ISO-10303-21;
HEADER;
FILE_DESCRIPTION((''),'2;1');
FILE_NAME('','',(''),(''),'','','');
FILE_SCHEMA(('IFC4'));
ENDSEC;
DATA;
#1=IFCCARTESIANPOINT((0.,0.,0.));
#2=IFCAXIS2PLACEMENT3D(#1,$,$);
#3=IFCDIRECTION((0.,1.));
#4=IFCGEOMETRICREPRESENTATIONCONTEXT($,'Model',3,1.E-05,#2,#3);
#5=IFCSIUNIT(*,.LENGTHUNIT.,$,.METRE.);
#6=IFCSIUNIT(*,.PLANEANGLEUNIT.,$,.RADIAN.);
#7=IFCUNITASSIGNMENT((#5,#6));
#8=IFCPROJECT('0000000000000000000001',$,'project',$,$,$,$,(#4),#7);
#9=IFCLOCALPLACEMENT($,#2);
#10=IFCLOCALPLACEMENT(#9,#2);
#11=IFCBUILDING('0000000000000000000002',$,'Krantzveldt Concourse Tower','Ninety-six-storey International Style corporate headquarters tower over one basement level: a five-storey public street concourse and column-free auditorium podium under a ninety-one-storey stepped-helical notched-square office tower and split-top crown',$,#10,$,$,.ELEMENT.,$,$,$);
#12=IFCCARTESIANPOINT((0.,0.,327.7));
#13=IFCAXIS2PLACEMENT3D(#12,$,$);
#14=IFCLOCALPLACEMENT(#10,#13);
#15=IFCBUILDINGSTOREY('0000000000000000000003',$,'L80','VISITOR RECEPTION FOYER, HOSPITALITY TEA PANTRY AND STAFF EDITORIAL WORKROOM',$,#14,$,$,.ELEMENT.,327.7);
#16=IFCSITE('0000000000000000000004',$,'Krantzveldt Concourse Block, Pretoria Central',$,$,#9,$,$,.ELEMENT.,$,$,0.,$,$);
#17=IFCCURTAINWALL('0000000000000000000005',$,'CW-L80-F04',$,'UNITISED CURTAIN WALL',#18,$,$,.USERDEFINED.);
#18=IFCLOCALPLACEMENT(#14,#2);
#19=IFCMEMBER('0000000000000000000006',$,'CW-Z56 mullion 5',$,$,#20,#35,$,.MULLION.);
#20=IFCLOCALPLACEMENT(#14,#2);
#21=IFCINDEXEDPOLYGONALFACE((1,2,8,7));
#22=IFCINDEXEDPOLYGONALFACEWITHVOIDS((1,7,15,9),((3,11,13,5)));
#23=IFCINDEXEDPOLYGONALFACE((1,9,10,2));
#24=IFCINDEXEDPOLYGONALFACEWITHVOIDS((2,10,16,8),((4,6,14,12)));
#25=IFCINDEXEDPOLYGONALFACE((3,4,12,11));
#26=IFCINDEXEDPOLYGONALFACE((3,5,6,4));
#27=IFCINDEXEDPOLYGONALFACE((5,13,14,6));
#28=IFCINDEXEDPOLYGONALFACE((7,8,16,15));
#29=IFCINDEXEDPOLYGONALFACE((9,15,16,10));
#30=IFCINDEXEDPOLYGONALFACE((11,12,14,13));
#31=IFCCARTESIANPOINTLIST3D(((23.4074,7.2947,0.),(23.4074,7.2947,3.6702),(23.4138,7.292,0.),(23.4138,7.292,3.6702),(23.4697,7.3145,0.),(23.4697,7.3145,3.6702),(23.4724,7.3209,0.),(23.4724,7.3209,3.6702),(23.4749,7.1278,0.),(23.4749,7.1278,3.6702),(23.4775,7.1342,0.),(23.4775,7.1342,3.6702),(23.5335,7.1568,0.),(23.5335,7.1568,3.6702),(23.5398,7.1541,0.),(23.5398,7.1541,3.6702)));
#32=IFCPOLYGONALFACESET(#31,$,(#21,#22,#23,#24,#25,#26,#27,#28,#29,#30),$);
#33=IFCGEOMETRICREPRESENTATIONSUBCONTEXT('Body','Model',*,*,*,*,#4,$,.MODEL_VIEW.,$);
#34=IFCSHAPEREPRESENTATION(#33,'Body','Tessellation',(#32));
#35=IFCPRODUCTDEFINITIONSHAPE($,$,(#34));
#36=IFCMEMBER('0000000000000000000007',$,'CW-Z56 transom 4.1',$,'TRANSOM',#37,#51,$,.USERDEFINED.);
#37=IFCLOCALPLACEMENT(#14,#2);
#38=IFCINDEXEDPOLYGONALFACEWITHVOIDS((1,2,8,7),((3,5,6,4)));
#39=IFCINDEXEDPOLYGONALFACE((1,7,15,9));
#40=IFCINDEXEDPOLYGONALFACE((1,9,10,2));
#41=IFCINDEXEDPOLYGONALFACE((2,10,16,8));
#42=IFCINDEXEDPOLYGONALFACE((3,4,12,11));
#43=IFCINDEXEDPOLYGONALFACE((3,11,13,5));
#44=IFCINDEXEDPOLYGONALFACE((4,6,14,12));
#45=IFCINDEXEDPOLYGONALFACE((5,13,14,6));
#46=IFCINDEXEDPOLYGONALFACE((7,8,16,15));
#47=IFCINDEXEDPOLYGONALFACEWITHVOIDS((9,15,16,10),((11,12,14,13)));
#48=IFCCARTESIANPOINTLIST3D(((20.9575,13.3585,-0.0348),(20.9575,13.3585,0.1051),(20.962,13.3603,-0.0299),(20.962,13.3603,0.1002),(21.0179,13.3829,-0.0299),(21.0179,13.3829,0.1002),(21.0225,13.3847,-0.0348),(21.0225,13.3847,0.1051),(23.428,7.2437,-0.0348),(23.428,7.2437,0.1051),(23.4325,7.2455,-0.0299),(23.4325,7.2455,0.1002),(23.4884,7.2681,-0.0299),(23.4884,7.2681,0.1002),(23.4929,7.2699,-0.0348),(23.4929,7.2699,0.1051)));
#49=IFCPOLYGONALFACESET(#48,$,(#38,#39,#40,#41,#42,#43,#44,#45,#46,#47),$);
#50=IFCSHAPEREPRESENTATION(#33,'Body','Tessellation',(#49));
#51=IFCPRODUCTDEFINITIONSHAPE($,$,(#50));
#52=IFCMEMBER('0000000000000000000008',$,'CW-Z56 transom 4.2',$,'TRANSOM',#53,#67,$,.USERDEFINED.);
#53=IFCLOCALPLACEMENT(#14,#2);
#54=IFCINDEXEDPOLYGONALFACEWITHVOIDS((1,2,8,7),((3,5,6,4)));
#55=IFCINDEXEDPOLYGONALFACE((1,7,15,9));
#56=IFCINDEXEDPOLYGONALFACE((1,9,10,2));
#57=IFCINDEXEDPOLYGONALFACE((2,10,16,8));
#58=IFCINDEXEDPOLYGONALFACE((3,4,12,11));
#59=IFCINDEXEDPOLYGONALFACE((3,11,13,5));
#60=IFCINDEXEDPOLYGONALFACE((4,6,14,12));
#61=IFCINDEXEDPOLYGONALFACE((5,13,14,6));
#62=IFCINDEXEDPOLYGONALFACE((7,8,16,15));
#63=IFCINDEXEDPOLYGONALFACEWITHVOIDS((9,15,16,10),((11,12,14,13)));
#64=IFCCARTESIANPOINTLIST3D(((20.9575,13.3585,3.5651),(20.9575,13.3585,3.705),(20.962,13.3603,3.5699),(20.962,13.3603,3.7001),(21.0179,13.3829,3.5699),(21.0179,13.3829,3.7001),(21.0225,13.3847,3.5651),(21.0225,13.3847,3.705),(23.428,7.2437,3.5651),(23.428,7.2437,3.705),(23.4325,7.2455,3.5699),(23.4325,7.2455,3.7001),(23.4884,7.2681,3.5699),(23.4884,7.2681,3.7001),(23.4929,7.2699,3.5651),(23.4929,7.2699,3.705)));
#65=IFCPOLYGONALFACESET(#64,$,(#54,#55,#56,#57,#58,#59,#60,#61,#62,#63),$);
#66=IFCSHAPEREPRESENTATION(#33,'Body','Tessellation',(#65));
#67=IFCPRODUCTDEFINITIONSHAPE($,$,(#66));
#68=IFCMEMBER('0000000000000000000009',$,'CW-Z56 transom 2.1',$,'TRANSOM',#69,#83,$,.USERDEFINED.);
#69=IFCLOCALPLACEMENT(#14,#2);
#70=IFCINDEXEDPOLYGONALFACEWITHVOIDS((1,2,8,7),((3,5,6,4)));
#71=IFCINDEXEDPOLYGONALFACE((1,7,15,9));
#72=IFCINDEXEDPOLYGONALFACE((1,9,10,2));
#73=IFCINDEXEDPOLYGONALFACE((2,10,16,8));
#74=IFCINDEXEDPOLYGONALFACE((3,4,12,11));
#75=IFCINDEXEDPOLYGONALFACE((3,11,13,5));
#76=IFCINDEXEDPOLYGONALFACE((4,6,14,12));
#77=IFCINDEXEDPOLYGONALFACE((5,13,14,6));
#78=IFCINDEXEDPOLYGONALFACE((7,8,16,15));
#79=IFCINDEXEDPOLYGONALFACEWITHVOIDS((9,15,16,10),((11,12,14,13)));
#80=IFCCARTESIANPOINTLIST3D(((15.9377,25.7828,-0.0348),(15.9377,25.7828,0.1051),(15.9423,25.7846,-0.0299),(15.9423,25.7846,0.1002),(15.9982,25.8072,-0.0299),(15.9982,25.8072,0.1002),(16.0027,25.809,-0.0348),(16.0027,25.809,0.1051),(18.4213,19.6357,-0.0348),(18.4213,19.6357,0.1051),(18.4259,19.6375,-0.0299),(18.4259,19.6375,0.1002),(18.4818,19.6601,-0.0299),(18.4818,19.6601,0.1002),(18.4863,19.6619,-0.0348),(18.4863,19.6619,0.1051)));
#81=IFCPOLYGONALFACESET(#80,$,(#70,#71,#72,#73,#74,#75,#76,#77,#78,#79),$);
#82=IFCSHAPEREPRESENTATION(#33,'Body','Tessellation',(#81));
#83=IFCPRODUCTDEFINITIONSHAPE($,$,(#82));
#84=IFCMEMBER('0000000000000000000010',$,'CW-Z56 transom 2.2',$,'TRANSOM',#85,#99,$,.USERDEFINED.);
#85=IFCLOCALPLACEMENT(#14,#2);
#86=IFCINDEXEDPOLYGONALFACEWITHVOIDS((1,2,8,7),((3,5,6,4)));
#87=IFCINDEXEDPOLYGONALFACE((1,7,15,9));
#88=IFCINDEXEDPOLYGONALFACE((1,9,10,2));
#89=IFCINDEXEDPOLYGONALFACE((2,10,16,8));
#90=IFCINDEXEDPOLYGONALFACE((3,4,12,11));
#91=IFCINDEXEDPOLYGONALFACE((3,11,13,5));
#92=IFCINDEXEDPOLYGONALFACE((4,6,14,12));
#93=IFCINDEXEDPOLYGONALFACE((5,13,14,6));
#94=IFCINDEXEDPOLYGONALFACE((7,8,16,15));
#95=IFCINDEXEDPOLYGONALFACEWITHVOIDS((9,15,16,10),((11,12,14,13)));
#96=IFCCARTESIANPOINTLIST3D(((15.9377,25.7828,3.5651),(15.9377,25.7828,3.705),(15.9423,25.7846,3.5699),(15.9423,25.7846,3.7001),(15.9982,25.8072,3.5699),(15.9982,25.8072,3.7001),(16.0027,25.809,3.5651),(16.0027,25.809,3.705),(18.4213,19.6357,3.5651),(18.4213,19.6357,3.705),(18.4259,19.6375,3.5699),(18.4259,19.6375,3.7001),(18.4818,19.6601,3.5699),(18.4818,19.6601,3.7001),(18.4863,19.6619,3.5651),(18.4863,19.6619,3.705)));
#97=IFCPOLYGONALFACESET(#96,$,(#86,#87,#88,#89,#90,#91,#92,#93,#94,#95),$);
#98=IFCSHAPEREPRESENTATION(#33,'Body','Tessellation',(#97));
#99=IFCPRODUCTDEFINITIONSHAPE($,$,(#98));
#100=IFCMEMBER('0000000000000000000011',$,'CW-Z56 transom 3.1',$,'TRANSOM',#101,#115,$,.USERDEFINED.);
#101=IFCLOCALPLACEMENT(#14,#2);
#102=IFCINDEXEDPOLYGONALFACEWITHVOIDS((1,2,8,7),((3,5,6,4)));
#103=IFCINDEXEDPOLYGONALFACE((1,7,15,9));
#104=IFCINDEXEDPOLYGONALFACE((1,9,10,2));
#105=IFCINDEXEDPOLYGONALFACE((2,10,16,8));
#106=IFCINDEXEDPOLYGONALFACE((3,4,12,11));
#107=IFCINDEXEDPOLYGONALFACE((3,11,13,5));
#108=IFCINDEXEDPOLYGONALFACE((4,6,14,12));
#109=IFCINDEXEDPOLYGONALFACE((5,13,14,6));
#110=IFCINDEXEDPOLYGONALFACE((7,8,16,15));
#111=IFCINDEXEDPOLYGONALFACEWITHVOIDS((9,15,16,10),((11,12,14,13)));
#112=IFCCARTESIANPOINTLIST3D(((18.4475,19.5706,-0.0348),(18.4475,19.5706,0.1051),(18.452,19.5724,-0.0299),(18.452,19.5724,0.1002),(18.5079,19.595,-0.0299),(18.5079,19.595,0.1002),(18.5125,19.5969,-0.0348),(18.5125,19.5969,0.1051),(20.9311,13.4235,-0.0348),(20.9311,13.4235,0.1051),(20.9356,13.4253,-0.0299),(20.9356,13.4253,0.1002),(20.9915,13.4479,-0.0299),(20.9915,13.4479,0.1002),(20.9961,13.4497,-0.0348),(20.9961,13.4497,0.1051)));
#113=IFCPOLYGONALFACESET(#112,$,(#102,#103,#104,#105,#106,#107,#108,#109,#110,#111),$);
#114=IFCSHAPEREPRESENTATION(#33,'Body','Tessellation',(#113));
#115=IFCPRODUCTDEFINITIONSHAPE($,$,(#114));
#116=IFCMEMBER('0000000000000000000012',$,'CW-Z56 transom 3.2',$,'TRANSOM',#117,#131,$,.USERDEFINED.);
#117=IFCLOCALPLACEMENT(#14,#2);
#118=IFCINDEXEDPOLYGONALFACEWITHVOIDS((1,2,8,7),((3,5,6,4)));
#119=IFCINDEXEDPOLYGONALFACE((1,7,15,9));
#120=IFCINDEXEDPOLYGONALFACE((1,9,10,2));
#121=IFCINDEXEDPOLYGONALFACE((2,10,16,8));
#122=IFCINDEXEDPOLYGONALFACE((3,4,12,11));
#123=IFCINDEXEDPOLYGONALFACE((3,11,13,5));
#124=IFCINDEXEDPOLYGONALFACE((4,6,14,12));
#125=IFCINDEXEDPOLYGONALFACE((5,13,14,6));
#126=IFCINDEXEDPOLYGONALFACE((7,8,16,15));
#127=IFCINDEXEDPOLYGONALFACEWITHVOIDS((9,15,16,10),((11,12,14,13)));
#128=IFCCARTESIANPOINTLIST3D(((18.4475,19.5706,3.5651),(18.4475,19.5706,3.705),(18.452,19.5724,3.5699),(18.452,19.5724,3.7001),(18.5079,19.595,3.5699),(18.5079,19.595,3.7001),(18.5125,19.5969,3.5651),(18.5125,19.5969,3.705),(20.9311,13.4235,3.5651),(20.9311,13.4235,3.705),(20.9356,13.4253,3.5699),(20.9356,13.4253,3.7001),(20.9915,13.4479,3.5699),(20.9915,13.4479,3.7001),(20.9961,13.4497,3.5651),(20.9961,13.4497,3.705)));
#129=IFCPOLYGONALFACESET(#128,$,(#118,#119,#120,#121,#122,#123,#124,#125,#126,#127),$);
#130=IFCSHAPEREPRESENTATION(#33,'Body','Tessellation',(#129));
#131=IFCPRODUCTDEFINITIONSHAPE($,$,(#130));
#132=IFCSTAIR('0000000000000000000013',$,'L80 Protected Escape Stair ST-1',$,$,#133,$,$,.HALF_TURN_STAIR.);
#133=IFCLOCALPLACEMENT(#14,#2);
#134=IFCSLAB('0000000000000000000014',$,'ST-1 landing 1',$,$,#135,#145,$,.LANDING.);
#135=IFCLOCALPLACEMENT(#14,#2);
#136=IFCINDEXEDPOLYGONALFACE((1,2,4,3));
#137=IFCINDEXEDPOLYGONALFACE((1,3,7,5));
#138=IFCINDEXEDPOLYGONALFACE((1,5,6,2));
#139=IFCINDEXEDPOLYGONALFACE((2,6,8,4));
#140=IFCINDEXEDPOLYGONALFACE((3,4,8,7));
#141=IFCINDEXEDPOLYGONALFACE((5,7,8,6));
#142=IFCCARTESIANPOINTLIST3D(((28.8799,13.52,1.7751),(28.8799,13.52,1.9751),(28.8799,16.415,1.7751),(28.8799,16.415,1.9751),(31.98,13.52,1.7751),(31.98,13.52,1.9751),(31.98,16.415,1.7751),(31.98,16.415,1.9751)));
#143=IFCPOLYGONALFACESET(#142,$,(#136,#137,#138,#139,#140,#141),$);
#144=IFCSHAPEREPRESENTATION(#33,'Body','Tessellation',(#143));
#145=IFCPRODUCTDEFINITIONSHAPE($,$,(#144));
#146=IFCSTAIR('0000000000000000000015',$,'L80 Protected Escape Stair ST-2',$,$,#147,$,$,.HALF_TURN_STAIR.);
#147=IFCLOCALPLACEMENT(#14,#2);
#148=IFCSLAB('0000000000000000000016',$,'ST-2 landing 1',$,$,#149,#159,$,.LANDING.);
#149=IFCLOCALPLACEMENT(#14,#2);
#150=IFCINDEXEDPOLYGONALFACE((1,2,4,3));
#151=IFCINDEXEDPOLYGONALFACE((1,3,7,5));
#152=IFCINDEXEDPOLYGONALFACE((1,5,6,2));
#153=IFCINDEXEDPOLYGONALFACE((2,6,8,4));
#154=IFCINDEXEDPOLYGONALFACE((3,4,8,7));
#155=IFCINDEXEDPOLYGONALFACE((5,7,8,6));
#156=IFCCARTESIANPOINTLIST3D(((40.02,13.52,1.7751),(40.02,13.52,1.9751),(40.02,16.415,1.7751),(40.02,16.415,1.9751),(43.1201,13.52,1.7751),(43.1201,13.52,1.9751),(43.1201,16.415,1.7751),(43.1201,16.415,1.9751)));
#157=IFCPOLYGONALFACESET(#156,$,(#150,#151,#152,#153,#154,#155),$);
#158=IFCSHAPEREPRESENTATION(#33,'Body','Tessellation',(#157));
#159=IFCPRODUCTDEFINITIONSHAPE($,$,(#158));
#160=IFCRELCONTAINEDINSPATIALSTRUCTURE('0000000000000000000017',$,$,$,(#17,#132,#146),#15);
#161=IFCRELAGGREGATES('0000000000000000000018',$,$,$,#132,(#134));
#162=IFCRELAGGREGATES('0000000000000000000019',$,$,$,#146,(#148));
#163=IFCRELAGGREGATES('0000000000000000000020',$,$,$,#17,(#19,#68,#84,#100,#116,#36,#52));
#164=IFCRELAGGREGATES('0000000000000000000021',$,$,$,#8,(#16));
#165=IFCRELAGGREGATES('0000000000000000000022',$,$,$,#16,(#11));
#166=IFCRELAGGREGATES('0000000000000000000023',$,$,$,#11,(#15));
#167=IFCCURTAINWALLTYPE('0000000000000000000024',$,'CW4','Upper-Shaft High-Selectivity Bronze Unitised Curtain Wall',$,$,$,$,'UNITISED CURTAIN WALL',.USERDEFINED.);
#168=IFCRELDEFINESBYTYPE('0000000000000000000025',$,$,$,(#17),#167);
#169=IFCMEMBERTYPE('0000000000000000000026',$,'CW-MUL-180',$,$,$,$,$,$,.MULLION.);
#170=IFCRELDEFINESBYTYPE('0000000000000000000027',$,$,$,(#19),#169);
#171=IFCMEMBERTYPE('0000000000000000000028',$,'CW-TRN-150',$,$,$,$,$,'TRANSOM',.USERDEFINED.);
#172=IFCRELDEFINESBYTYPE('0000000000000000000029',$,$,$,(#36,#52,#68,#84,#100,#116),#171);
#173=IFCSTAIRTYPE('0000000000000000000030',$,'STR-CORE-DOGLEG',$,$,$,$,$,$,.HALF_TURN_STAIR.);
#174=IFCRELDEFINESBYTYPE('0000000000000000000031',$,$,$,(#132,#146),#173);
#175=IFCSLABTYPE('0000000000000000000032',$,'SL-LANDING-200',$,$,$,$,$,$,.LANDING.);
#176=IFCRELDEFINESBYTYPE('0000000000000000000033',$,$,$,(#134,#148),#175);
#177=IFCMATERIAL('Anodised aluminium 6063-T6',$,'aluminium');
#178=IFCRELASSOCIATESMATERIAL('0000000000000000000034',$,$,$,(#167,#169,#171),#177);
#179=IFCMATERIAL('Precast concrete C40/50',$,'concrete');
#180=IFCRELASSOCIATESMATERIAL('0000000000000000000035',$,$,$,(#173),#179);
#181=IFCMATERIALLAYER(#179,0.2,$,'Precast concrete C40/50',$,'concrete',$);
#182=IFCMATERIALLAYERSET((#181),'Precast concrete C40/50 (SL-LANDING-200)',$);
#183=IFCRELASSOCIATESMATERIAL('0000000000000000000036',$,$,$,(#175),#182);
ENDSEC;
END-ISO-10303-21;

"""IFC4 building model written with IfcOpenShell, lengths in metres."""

from ifc_helpers import new_model, si_unit, direction, frame, origin, origin_2d, place, context, subcontext, project, spatial, polyline, hollow_rectangle, outline, extrude, source, transform, mapped, material, layer, layer_set, material_profile, profile_set, type_object, type_shapes, element, aggregate, save


model = new_model("IFC4")

# Units and contexts
model_context = context("Model", 3, precision=1e-05, world=origin(), true_north=direction((0.0, 1.0)))
body_context = subcontext(model_context, "Body", "Model", "MODEL_VIEW")
ifc_project = project(units=[si_unit("LENGTHUNIT", "METRE"), si_unit("PLANEANGLEUNIT", "RADIAN")], contexts=[model_context])

# Site, building, storey
site_placement = place(None, origin())
site = spatial("IfcSite", under=ifc_project, at=site_placement, Name="Krantzveldt Concourse Block, Pretoria Central", CompositionType="ELEMENT", RefElevation=0.0)
building_placement = place(site_placement, origin())
building = spatial("IfcBuilding", under=site, at=building_placement, Name="Krantzveldt Concourse Tower", Description="Ninety-six-storey International Style corporate headquarters tower over one basement level: a five-storey public street concourse and column-free auditorium podium under a ninety-one-storey stepped-helical notched-square office tower and split-top crown", CompositionType="ELEMENT")
storey_placement = place(building_placement, frame((0.0, 0.0, 327.7)))
storey = spatial("IfcBuildingStorey", under=building, at=storey_placement, Name="L80", Description="VISITOR RECEPTION FOYER, HOSPITALITY TEA PANTRY AND STAFF EDITORIAL WORKROOM", CompositionType="ELEMENT", Elevation=327.7)

# Curtain wall, members
ifc_material_1 = material(Name="Anodised aluminium 6063-T6", Category="aluminium")
curtain_wall_type = type_object("IfcCurtainWallType", Name="CW4", Description="Upper-Shaft High-Selectivity Bronze Unitised Curtain Wall", ElementType="UNITISED CURTAIN WALL", PredefinedType="USERDEFINED", material=ifc_material_1)
curtain_wall_placement = place(storey_placement, origin())
curtain_wall = element("IfcCurtainWall", 1, at=curtain_wall_placement, inside=storey, type_object=curtain_wall_type, Name="CW-L80-F04", ObjectType="UNITISED CURTAIN WALL", PredefinedType="USERDEFINED")
ifc_material_profile_1 = material_profile(ifc_material_1, hollow_rectangle(XDim=0.0701, YDim=0.1799, WallThickness=0.0049, at=origin_2d()), Name="Anodised aluminium 6063-T6", Category="aluminium")
ifc_profile_set_1 = profile_set([ifc_material_profile_1], Name="Anodised aluminium 6063-T6 - ALU-MULL 180x70x5")
member_type_1 = type_object("IfcMemberType", Name="CW-MUL-180", PredefinedType="MULLION", material=ifc_profile_set_1)
shared_shape_1 = source(origin(), body_context, "Body", "SweptSolid", [
    extrude(hollow_rectangle(XDim=0.0701, YDim=0.1799, WallThickness=0.0049, at=origin_2d()), origin(), (0.0, 0.0, 1.0), 3.6702),
])
type_shapes(member_type_1, [shared_shape_1])
member_1_placement = place(storey_placement, frame((23.4736, 7.2244, 0.0), z_axis=(0.0, 0.0, 1.0), x_axis=(0.927184, 0.374607, 0.0)))
member_1 = element("IfcMember", 2, at=member_1_placement, type_object=member_type_1, Name="CW-Z56 mullion 5", PredefinedType="MULLION", context=body_context, shape_type="MappedRepresentation", body=[
    mapped(shared_shape_1, transform((0.0, 0.0, 0.0), x_axis=(1.0, 0.0, 0.0), y_axis=(0.0, 1.0, 0.0), z_axis=(0.0, 0.0, 1.0), scale=1.0)),
])
ifc_material_profile_2 = material_profile(ifc_material_1, hollow_rectangle(XDim=0.0701, YDim=0.1399, WallThickness=0.0049, at=origin_2d()), Name="Anodised aluminium 6063-T6", Category="aluminium")
ifc_profile_set_2 = profile_set([ifc_material_profile_2], Name="Anodised aluminium 6063-T6 - ALU-TRAN 140x70x5")
member_type_2 = type_object("IfcMemberType", Name="CW-TRN-150", ElementType="TRANSOM", PredefinedType="USERDEFINED", material=ifc_profile_set_2)
shared_shape_2 = source(origin(), body_context, "Body", "SweptSolid", [
    extrude(hollow_rectangle(XDim=0.0701, YDim=0.1399, WallThickness=0.0049, at=origin_2d()), origin(), (0.0, 0.0, 1.0), 6.595),
])
member_2_placement = place(storey_placement, frame((20.99, 13.3716, 0.0352), z_axis=(0.374599, -0.927187, 0.0), x_axis=(0.927187, 0.374599, 0.0)))
member_2 = element("IfcMember", 3, at=member_2_placement, type_object=member_type_2, Name="CW-Z56 transom 4.1", ObjectType="TRANSOM", PredefinedType="USERDEFINED", context=body_context, shape_type="MappedRepresentation", body=[
    mapped(shared_shape_2, transform((0.0, 0.0, 0.0), x_axis=(1.0, 0.0, 0.0), y_axis=(0.0, 1.0, 0.0), z_axis=(0.0, 0.0, 1.0), scale=1.0)),
])
member_3_placement = place(storey_placement, frame((20.99, 13.3716, 3.635), z_axis=(0.374599, -0.927187, 0.0), x_axis=(0.927187, 0.374599, 0.0)))
member_3 = element("IfcMember", 4, at=member_3_placement, type_object=member_type_2, Name="CW-Z56 transom 4.2", ObjectType="TRANSOM", PredefinedType="USERDEFINED", context=body_context, shape_type="MappedRepresentation", body=[
    mapped(shared_shape_2, transform((0.0, 0.0, 0.0), x_axis=(1.0, 0.0, 0.0), y_axis=(0.0, 1.0, 0.0), z_axis=(0.0, 0.0, 1.0), scale=1.0)),
])
shared_shape_3 = source(origin(), body_context, "Body", "SweptSolid", [
    extrude(hollow_rectangle(XDim=0.0701, YDim=0.1399, WallThickness=0.0049, at=origin_2d()), origin(), (0.0, 0.0, 1.0), 6.6299),
])
type_shapes(member_type_2, [shared_shape_2, shared_shape_3])
member_4_placement = place(storey_placement, frame((15.9702, 25.7959, 0.0352), z_axis=(0.374607, -0.927184, 0.0), x_axis=(0.927184, 0.374607, 0.0)))
member_4 = element("IfcMember", 5, at=member_4_placement, type_object=member_type_2, Name="CW-Z56 transom 2.1", ObjectType="TRANSOM", PredefinedType="USERDEFINED", context=body_context, shape_type="MappedRepresentation", body=[
    mapped(shared_shape_3, transform((0.0, 0.0, 0.0), x_axis=(1.0, 0.0, 0.0), y_axis=(0.0, 1.0, 0.0), z_axis=(0.0, 0.0, 1.0), scale=1.0)),
])
member_5_placement = place(storey_placement, frame((15.9702, 25.7959, 3.635), z_axis=(0.374607, -0.927184, 0.0), x_axis=(0.927184, 0.374607, 0.0)))
member_5 = element("IfcMember", 6, at=member_5_placement, type_object=member_type_2, Name="CW-Z56 transom 2.2", ObjectType="TRANSOM", PredefinedType="USERDEFINED", context=body_context, shape_type="MappedRepresentation", body=[
    mapped(shared_shape_3, transform((0.0, 0.0, 0.0), x_axis=(1.0, 0.0, 0.0), y_axis=(0.0, 1.0, 0.0), z_axis=(0.0, 0.0, 1.0), scale=1.0)),
])
member_6_placement = place(storey_placement, frame((18.48, 19.5837, 0.0352), z_axis=(0.374607, -0.927184, 0.0), x_axis=(0.927184, 0.374607, 0.0)))
member_6 = element("IfcMember", 7, at=member_6_placement, type_object=member_type_2, Name="CW-Z56 transom 3.1", ObjectType="TRANSOM", PredefinedType="USERDEFINED", context=body_context, shape_type="MappedRepresentation", body=[
    mapped(shared_shape_3, transform((0.0, 0.0, 0.0), x_axis=(1.0, 0.0, 0.0), y_axis=(0.0, 1.0, 0.0), z_axis=(0.0, 0.0, 1.0), scale=1.0)),
])
member_7_placement = place(storey_placement, frame((18.48, 19.5837, 3.635), z_axis=(0.374607, -0.927184, 0.0), x_axis=(0.927184, 0.374607, 0.0)))
member_7 = element("IfcMember", 8, at=member_7_placement, type_object=member_type_2, Name="CW-Z56 transom 3.2", ObjectType="TRANSOM", PredefinedType="USERDEFINED", context=body_context, shape_type="MappedRepresentation", body=[
    mapped(shared_shape_3, transform((0.0, 0.0, 0.0), x_axis=(1.0, 0.0, 0.0), y_axis=(0.0, 1.0, 0.0), z_axis=(0.0, 0.0, 1.0), scale=1.0)),
])

# Stairs, slabs
ifc_material_2 = material(Name="Precast concrete C40/50", Category="concrete")
stair_type = type_object("IfcStairType", Name="STR-CORE-DOGLEG", PredefinedType="HALF_TURN_STAIR", material=ifc_material_2)
stair_1_placement = place(storey_placement, origin())
stair_1 = element("IfcStair", 9, at=stair_1_placement, inside=storey, type_object=stair_type, Name="L80 Protected Escape Stair ST-1", PredefinedType="HALF_TURN_STAIR")
ifc_layer_1 = layer(ifc_material_2, 0.2, Name="Precast concrete C40/50", Category="concrete")
ifc_layer_set_1 = layer_set([ifc_layer_1], Name="Precast concrete C40/50 (SL-LANDING-200)")
slab_type_1 = type_object("IfcSlabType", Name="SL-LANDING-200", PredefinedType="LANDING", material=ifc_layer_set_1)
slab_1_placement = place(storey_placement, frame((0.0, 0.0, 1.7751)))
slab_1 = element("IfcSlab", 10, at=slab_1_placement, type_object=slab_type_1, Name="ST-1 landing 1", PredefinedType="LANDING", context=body_context, shape_type="SweptSolid", body=[
    extrude(outline(polyline([(28.8799, 16.415), (28.8799, 13.52), (31.98, 13.52), (31.98, 16.415), (28.8799, 16.415)])), origin(), (0.0, 0.0, 1.0), 0.2),
])
aggregate(stair_1, [slab_1])
stair_2_placement = place(storey_placement, origin())
stair_2 = element("IfcStair", 11, at=stair_2_placement, inside=storey, type_object=stair_type, Name="L80 Protected Escape Stair ST-2", PredefinedType="HALF_TURN_STAIR")
slab_2_placement = place(storey_placement, frame((0.0, 0.0, 1.7751)))
slab_2 = element("IfcSlab", 12, at=slab_2_placement, type_object=slab_type_1, Name="ST-2 landing 1", PredefinedType="LANDING", context=body_context, shape_type="SweptSolid", body=[
    extrude(outline(polyline([(40.02, 16.415), (40.02, 13.52), (43.1201, 13.52), (43.1201, 16.415), (40.02, 16.415)])), origin(), (0.0, 0.0, 1.0), 0.2),
])
aggregate(stair_2, [slab_2])

aggregate(curtain_wall, [member_1, member_4, member_5, member_6, member_7, member_2, member_3])

save(model, "model.ifc")
